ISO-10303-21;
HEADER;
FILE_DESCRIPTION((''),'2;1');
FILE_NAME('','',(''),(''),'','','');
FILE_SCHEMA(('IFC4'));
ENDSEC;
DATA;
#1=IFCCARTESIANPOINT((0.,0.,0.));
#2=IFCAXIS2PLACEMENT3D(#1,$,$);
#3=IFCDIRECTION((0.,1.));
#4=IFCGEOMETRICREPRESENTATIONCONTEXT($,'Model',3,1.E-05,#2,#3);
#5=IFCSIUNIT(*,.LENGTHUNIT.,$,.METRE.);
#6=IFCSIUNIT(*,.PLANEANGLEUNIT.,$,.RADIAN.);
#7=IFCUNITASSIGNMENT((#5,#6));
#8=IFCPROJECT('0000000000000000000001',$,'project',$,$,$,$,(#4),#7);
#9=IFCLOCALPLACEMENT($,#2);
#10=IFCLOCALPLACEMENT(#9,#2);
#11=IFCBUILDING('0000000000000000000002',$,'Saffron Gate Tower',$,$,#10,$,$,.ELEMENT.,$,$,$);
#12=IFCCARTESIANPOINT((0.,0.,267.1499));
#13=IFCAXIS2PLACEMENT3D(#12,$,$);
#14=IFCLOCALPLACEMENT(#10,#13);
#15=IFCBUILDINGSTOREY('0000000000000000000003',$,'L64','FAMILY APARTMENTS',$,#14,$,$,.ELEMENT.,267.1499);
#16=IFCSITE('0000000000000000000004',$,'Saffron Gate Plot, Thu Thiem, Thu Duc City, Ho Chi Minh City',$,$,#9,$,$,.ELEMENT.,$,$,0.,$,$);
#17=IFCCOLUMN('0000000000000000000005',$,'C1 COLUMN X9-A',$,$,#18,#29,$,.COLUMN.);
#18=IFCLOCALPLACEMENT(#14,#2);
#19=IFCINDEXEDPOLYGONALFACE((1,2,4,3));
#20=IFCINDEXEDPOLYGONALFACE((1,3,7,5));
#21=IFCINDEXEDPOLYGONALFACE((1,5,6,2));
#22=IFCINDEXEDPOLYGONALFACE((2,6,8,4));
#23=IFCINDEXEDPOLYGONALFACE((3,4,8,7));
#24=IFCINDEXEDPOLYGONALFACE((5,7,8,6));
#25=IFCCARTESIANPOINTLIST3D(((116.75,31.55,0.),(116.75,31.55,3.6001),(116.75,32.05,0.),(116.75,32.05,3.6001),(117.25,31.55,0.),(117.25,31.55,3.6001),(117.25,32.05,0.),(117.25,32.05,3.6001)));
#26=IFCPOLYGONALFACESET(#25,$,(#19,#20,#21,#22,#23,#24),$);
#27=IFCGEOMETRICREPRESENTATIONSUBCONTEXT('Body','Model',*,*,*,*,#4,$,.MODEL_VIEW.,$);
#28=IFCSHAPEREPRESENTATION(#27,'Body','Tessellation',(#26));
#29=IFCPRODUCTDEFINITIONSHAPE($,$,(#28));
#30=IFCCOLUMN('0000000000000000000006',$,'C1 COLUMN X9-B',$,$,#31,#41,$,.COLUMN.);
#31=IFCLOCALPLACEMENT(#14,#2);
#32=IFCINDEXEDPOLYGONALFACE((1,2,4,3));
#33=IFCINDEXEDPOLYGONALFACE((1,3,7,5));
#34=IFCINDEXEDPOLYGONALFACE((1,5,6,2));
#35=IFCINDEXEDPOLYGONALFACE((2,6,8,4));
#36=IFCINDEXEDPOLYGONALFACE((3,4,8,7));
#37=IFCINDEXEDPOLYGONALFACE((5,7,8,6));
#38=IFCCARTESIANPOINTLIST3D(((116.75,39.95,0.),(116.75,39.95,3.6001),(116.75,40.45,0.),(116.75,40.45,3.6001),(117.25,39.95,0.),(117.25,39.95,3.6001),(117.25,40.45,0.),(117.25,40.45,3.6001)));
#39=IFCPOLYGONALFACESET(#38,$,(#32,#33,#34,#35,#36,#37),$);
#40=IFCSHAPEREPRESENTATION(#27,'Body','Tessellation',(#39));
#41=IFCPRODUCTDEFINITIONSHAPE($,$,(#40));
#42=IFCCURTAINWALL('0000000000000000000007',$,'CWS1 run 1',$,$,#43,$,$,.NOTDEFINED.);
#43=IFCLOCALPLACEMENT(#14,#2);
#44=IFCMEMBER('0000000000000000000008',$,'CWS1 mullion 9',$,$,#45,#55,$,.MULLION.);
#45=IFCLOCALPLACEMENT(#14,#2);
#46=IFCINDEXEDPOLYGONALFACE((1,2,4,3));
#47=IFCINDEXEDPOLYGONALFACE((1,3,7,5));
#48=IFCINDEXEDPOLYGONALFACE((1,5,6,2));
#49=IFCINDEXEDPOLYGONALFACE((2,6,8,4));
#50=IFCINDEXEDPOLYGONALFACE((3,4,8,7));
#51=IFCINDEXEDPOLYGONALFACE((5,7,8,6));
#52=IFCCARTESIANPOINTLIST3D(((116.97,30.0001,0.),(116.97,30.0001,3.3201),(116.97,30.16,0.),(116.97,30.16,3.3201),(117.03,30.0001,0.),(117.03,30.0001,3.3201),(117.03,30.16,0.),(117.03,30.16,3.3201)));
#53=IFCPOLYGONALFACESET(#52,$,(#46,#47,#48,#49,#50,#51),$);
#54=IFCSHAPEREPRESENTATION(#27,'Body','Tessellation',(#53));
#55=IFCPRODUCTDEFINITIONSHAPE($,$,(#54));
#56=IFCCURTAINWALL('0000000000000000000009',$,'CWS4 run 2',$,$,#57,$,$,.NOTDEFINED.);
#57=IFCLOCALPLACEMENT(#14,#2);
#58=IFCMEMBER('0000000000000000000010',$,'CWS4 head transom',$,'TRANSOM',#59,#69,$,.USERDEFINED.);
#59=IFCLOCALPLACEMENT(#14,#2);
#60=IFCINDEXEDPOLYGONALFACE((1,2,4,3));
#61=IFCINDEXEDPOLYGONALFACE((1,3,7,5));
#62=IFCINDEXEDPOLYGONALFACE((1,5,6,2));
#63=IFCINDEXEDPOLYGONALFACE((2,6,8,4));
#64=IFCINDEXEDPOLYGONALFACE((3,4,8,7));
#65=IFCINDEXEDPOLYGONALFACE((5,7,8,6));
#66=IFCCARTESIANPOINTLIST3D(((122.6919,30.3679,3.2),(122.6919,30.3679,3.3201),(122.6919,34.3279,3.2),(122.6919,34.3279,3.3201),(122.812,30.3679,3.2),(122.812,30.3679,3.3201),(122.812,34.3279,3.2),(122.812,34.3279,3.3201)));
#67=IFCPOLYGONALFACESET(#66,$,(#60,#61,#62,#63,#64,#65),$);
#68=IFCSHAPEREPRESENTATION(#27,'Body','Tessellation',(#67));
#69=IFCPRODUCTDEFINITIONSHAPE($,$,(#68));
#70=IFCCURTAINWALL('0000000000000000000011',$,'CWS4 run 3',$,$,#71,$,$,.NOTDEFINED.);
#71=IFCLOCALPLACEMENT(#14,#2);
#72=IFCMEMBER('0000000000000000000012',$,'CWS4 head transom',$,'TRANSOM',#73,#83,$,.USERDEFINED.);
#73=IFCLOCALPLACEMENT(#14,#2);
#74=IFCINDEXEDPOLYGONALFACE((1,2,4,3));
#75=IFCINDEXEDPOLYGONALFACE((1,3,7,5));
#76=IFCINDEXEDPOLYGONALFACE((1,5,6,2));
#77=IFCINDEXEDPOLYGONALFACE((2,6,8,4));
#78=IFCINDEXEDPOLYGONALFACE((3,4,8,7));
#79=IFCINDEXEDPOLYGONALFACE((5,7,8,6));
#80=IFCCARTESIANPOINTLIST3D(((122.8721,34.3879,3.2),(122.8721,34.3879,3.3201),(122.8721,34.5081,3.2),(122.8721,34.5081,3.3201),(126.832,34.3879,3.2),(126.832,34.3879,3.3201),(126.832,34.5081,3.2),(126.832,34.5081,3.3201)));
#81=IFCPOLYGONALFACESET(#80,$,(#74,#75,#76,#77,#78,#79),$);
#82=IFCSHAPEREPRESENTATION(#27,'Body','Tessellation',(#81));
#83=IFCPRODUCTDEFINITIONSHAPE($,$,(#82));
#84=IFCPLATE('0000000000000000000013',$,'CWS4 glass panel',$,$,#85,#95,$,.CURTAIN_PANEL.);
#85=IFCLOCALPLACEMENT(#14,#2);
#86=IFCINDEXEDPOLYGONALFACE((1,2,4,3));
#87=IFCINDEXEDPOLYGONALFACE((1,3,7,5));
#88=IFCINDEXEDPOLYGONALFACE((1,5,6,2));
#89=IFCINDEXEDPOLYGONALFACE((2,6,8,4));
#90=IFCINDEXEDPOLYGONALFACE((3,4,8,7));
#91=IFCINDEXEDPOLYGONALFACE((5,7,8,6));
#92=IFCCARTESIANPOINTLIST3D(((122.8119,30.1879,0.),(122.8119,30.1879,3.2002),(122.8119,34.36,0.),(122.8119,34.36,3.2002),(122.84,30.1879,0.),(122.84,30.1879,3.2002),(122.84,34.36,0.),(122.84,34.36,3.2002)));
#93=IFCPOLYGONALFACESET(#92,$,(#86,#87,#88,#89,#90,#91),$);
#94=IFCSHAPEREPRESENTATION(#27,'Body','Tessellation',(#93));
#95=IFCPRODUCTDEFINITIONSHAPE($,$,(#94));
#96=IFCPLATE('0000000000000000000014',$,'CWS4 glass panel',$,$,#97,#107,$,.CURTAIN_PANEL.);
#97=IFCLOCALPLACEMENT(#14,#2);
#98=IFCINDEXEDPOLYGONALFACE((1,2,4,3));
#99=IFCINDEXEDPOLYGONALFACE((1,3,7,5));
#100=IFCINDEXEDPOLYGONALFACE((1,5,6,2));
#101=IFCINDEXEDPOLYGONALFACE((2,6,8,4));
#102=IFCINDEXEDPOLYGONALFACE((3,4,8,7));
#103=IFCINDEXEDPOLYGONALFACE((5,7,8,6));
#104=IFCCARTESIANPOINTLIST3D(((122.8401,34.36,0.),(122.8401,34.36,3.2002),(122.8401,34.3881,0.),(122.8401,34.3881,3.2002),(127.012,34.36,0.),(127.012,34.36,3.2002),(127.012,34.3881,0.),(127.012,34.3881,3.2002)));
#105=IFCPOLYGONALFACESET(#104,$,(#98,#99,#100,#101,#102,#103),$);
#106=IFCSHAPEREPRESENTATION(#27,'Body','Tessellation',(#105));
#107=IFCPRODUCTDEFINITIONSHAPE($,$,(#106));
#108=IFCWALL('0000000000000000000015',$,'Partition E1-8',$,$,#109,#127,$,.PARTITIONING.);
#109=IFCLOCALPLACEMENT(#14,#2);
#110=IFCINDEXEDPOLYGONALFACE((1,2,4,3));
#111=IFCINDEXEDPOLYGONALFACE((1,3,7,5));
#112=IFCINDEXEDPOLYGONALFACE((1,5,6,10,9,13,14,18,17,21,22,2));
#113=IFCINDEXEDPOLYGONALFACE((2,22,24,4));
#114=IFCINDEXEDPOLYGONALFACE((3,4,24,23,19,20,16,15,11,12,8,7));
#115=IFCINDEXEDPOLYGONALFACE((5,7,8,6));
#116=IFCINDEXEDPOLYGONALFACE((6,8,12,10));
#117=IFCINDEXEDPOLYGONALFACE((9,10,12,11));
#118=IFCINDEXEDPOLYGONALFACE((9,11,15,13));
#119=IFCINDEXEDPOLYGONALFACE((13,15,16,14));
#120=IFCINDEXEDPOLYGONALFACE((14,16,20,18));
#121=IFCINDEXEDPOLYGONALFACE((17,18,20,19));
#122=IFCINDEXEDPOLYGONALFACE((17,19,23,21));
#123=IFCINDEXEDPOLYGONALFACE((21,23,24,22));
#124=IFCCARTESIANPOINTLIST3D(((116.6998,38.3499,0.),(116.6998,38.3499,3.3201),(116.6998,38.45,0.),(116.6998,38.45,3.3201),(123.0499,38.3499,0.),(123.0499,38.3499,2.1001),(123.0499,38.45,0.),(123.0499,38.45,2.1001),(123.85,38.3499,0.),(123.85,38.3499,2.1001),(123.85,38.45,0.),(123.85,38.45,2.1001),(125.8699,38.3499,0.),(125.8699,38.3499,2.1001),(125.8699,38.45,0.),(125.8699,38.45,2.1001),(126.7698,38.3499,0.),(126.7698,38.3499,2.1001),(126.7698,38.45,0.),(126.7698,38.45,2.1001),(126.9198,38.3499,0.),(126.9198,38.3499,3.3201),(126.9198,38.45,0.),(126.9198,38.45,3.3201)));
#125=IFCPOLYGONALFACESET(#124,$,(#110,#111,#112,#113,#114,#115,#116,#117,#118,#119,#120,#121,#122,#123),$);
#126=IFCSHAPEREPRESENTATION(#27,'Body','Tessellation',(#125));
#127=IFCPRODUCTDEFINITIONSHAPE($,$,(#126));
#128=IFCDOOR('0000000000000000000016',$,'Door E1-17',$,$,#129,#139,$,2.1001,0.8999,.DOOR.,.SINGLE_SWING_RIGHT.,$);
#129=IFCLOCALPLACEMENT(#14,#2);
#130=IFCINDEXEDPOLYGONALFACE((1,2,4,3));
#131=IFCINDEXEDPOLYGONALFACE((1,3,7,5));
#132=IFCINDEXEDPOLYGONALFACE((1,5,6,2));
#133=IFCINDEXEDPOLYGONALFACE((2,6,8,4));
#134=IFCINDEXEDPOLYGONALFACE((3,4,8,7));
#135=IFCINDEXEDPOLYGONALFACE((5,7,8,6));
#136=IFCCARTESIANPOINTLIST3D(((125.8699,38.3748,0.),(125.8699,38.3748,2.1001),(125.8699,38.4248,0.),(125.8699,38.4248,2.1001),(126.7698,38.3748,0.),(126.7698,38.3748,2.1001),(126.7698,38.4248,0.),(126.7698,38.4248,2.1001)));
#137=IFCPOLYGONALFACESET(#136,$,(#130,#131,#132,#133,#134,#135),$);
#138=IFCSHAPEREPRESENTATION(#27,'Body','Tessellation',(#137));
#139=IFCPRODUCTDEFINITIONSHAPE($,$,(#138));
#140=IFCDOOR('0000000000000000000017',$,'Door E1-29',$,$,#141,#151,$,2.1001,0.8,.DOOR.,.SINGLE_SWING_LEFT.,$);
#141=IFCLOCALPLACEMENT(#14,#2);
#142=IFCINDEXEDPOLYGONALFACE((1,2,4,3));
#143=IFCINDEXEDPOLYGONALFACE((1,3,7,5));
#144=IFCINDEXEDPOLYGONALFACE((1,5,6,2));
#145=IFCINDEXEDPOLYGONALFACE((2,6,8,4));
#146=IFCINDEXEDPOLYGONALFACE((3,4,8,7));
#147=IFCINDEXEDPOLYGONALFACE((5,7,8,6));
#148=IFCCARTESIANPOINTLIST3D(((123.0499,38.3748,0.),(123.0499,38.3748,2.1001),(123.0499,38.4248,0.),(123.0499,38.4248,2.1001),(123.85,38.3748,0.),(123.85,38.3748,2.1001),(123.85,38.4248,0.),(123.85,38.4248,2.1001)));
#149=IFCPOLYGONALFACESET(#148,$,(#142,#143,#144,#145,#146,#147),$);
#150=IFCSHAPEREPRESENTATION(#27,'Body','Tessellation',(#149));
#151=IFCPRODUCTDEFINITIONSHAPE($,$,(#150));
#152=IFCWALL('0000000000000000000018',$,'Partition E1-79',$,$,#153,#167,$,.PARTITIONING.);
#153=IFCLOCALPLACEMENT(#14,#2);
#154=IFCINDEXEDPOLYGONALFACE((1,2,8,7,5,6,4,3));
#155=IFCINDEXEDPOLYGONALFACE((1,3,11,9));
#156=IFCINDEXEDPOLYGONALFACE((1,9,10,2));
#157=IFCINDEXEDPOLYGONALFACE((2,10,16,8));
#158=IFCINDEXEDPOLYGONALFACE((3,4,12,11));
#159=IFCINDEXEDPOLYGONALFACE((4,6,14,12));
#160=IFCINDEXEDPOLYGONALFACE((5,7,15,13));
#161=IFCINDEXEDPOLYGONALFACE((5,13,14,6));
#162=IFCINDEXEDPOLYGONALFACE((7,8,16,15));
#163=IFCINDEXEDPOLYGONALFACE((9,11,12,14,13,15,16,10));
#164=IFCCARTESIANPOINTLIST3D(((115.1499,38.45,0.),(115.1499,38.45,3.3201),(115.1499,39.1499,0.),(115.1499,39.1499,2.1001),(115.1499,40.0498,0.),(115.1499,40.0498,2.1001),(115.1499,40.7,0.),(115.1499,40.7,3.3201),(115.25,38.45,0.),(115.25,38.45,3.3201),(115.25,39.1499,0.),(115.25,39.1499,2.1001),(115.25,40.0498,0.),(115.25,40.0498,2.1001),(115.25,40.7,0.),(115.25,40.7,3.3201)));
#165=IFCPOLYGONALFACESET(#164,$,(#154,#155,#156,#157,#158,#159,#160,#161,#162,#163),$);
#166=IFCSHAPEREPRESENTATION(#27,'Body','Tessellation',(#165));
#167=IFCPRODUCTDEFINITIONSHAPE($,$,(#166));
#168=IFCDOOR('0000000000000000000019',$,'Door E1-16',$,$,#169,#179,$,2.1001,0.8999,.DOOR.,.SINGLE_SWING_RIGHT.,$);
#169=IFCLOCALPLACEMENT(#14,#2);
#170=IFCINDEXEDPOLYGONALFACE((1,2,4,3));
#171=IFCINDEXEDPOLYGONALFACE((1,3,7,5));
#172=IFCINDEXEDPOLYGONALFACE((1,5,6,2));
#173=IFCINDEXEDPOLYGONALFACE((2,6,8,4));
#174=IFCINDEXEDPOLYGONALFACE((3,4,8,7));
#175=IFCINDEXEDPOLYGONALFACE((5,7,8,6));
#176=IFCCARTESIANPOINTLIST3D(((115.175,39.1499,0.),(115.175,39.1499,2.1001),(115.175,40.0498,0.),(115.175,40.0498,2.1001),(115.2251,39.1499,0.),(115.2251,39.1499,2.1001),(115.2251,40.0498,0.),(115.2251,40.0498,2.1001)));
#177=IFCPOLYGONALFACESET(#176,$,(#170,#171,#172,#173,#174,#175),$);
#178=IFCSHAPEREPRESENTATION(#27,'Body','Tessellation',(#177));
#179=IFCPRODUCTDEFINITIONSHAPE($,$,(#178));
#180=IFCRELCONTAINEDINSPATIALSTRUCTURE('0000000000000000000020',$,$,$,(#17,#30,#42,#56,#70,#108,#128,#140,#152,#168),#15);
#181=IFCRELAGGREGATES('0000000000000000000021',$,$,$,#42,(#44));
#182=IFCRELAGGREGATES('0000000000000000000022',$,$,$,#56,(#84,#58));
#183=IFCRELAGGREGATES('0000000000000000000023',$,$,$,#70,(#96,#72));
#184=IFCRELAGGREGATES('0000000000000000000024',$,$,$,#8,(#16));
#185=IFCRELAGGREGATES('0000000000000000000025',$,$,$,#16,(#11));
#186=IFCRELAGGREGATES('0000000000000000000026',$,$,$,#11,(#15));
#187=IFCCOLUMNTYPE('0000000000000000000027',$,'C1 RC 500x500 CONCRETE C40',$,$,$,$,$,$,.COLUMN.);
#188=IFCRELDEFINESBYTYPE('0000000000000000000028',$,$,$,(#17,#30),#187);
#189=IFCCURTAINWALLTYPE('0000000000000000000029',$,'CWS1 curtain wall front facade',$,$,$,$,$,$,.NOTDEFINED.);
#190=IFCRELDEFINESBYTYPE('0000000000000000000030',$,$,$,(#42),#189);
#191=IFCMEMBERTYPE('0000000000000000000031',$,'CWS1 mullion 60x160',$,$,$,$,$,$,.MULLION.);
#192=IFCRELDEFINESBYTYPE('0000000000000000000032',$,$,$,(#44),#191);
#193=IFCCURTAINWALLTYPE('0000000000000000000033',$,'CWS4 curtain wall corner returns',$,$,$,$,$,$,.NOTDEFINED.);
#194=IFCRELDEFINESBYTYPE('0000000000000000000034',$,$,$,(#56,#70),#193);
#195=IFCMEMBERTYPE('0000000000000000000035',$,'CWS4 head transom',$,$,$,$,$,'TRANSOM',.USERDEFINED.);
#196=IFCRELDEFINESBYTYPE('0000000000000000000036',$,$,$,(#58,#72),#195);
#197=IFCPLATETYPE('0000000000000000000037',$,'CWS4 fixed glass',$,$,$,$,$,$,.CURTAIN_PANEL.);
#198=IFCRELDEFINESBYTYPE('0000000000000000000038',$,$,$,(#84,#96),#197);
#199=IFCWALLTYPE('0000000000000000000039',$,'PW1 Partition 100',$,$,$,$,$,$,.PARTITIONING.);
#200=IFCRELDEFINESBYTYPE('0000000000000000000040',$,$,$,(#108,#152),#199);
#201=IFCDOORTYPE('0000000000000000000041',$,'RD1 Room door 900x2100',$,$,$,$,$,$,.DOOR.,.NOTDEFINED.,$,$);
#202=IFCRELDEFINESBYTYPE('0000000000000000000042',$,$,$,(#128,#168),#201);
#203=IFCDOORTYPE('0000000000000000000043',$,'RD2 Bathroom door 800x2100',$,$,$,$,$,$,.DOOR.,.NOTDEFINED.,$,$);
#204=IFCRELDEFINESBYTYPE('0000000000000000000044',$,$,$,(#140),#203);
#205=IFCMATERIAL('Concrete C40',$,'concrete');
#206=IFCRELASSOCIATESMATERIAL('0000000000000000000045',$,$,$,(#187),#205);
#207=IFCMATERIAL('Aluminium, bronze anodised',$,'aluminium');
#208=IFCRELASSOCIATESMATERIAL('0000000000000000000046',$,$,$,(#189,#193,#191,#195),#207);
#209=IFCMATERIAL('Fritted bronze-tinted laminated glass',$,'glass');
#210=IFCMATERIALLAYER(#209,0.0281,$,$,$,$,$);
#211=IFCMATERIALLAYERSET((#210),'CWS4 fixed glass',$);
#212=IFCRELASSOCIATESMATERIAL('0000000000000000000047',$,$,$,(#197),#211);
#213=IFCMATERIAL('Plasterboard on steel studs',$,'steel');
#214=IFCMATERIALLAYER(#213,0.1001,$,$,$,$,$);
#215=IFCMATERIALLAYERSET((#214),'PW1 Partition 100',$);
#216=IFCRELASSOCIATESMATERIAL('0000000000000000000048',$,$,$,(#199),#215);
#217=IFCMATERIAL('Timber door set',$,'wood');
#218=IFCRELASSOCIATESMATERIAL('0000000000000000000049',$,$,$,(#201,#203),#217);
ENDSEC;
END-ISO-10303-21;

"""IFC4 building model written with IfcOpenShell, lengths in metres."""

from ifc_helpers import new_model, si_unit, direction, frame, frame_2d, origin, origin_2d, place, context, subcontext, project, spatial, rectangle, extrude, material, layer, layer_set, material_profile, profile_set, type_object, element, fill, aggregate, save


model = new_model("IFC4")

# Units and contexts
model_context = context("Model", 3, precision=1e-05, world=origin(), true_north=direction((0.0, 1.0)))
body_context = subcontext(model_context, "Body", "Model", "MODEL_VIEW")
ifc_project = project(units=[si_unit("LENGTHUNIT", "METRE"), si_unit("PLANEANGLEUNIT", "RADIAN")], contexts=[model_context])

# Site, building, storey
site_placement = place(None, origin())
site = spatial("IfcSite", under=ifc_project, at=site_placement, Name="Saffron Gate Plot, Thu Thiem, Thu Duc City, Ho Chi Minh City", CompositionType="ELEMENT", RefElevation=0.0)
building_placement = place(site_placement, origin())
building = spatial("IfcBuilding", under=site, at=building_placement, Name="Saffron Gate Tower", CompositionType="ELEMENT")
storey_placement = place(building_placement, frame((0.0, 0.0, 267.1499)))
storey = spatial("IfcBuildingStorey", under=building, at=storey_placement, Name="L64", Description="FAMILY APARTMENTS", CompositionType="ELEMENT", Elevation=267.1499)

# Columns
ifc_material_1 = material(Name="Concrete C40", Category="concrete")
ifc_material_profile_1 = material_profile(ifc_material_1, rectangle(XDim=0.5, YDim=0.5, at=origin_2d()))
ifc_profile_set_1 = profile_set([ifc_material_profile_1], Name="Concrete C40")
column_type = type_object("IfcColumnType", Name="C1 RC 500x500 CONCRETE C40", PredefinedType="COLUMN", material=ifc_profile_set_1)
for number, where, z_axis, x_axis, name in (
    (1, (117.0, 31.8, 0.0), (0.0, 0.0, 1.0), (1.0, 0.0, 0.0), "C1 COLUMN X9-A"),
    (2, (117.0, 40.2, 0.0), (0.0, 0.0, 1.0), (1.0, 0.0, 0.0), "C1 COLUMN X9-B"),
):
    element("IfcColumn", number, at=place(storey_placement, frame(where, z_axis=z_axis, x_axis=x_axis)), inside=storey, type_object=column_type, Name=name, PredefinedType="COLUMN", context=body_context, shape_type="SweptSolid", body=[
        extrude(rectangle(XDim=0.5, YDim=0.5, at=origin_2d()), origin(), (0.0, 0.0, 1.0), 3.6001),
    ])

# Curtain walls, members
ifc_material_2 = material(Name="Aluminium, bronze anodised", Category="aluminium")
curtain_wall_type_1 = type_object("IfcCurtainWallType", Name="CWS1 curtain wall front facade", PredefinedType="NOTDEFINED", material=ifc_material_2)
curtain_wall_1_placement = place(storey_placement, origin())
curtain_wall_1 = element("IfcCurtainWall", 3, at=curtain_wall_1_placement, inside=storey, type_object=curtain_wall_type_1, Name="CWS1 run 1", PredefinedType="NOTDEFINED")
ifc_material_profile_2 = material_profile(ifc_material_2, rectangle(XDim=0.1599, YDim=0.0601, at=origin_2d()))
ifc_profile_set_2 = profile_set([ifc_material_profile_2], Name="Aluminium, bronze anodised")
member_type_1 = type_object("IfcMemberType", Name="CWS1 mullion 60x160", PredefinedType="MULLION", material=ifc_profile_set_2)
member_1_placement = place(storey_placement, frame((117.0, 30.0801, 0.0), z_axis=(0.0, 0.0, 1.0), x_axis=(0.0, 1.0, 0.0)))
member_1 = element("IfcMember", 4, at=member_1_placement, type_object=member_type_1, Name="CWS1 mullion 9", PredefinedType="MULLION", context=body_context, shape_type="SweptSolid", body=[
    extrude(rectangle(XDim=0.1599, YDim=0.0601, at=origin_2d()), origin(), (0.0, 0.0, 1.0), 3.3201),
])
aggregate(curtain_wall_1, [member_1])
curtain_wall_type_2 = type_object("IfcCurtainWallType", Name="CWS4 curtain wall corner returns", PredefinedType="NOTDEFINED", material=ifc_material_2)
curtain_wall_2_placement = place(storey_placement, origin())
curtain_wall_2 = element("IfcCurtainWall", 5, at=curtain_wall_2_placement, inside=storey, type_object=curtain_wall_type_2, Name="CWS4 run 2", PredefinedType="NOTDEFINED")
ifc_material_profile_3 = material_profile(ifc_material_2, rectangle(XDim=0.1201, YDim=0.1201, at=origin_2d()))
ifc_profile_set_3 = profile_set([ifc_material_profile_3], Name="Aluminium, bronze anodised")
member_type_2 = type_object("IfcMemberType", Name="CWS4 head transom", ElementType="TRANSOM", PredefinedType="USERDEFINED", material=ifc_profile_set_3)
member_2_placement = place(storey_placement, frame((122.752, 30.3679, 3.26), z_axis=(0.0, 1.0, 0.0), x_axis=(-1.0, 0.0, 0.0)))
member_2 = element("IfcMember", 6, at=member_2_placement, type_object=member_type_2, Name="CWS4 head transom", ObjectType="TRANSOM", PredefinedType="USERDEFINED", context=body_context, shape_type="SweptSolid", body=[
    extrude(rectangle(XDim=0.1201, YDim=0.1201, at=origin_2d()), origin(), (0.0, 0.0, 1.0), 3.96),
])
curtain_wall_3_placement = place(storey_placement, origin())
curtain_wall_3 = element("IfcCurtainWall", 7, at=curtain_wall_3_placement, inside=storey, type_object=curtain_wall_type_2, Name="CWS4 run 3", PredefinedType="NOTDEFINED")
member_3_placement = place(storey_placement, frame((122.8721, 34.448, 3.26), z_axis=(1.0, 0.0, 0.0), x_axis=(0.0, 1.0, 0.0)))
member_3 = element("IfcMember", 8, at=member_3_placement, type_object=member_type_2, Name="CWS4 head transom", ObjectType="TRANSOM", PredefinedType="USERDEFINED", context=body_context, shape_type="SweptSolid", body=[
    extrude(rectangle(XDim=0.1201, YDim=0.1201, at=origin_2d()), origin(), (0.0, 0.0, 1.0), 3.96),
])

# Plates
ifc_material_3 = material(Name="Fritted bronze-tinted laminated glass", Category="glass")
ifc_layer_1 = layer(ifc_material_3, 0.0281)
ifc_layer_set_1 = layer_set([ifc_layer_1], Name="CWS4 fixed glass")
plate_type = type_object("IfcPlateType", Name="CWS4 fixed glass", PredefinedType="CURTAIN_PANEL", material=ifc_layer_set_1)
plate_1_placement = place(storey_placement, frame((122.8259, 30.188, 0.0), z_axis=(0.0, 0.0, 1.0), x_axis=(0.0, 1.0, 0.0)))
plate_1 = element("IfcPlate", 9, at=plate_1_placement, type_object=plate_type, Name="CWS4 glass panel", PredefinedType="CURTAIN_PANEL", context=body_context, shape_type="SweptSolid", body=[
    extrude(rectangle(XDim=4.1721, YDim=0.0281, at=frame_2d((2.0859, 0.0))), origin(), (0.0, 0.0, 1.0), 3.2002),
])
aggregate(curtain_wall_2, [plate_1, member_2])
plate_2_placement = place(storey_placement, frame((122.8401, 34.374, 0.0), z_axis=(0.0, 0.0, 1.0), x_axis=(1.0, 0.0, 0.0)))
plate_2 = element("IfcPlate", 10, at=plate_2_placement, type_object=plate_type, Name="CWS4 glass panel", PredefinedType="CURTAIN_PANEL", context=body_context, shape_type="SweptSolid", body=[
    extrude(rectangle(XDim=4.1719, YDim=0.0281, at=frame_2d((2.0859, 0.0))), origin(), (0.0, 0.0, 1.0), 3.2002),
])
aggregate(curtain_wall_3, [plate_2, member_3])

# Wall, openings, doors
ifc_material_4 = material(Name="Plasterboard on steel studs", Category="steel")
ifc_layer_2 = layer(ifc_material_4, 0.1001)
ifc_layer_set_2 = layer_set([ifc_layer_2], Name="PW1 Partition 100")
wall_type = type_object("IfcWallType", Name="PW1 Partition 100", PredefinedType="PARTITIONING", material=ifc_layer_set_2)
wall_1_placement = place(storey_placement, frame((116.7, 38.3999, 0.0), z_axis=(0.0, 0.0, 1.0), x_axis=(1.0, 0.0, 0.0)))
wall_1 = element("IfcWall", 11, at=wall_1_placement, inside=storey, type_object=wall_type, Name="Partition E1-8", PredefinedType="PARTITIONING", context=body_context, shape_type="SweptSolid", body=[
    extrude(rectangle(XDim=10.22, YDim=0.1001, at=frame_2d((5.1099, 0.0))), origin(), (0.0, 0.0, 1.0), 3.3201),
])
opening_1_placement = place(wall_1_placement, frame((6.3501, 0.0, 0.0)))
opening_1 = element("IfcOpeningElement", 12, at=opening_1_placement, cuts=wall_1, PredefinedType="OPENING", context=body_context, shape_type="SweptSolid", body=[
    extrude(rectangle(XDim=0.8, YDim=2.1001, at=frame_2d((0.3999, 1.05))), frame((0.0, 0.0601, 0.0), z_axis=(0.0, -1.0, 0.0), x_axis=(1.0, 0.0, 0.0)), (0.0, 0.0, 1.0), 0.1201),
])
opening_2_placement = place(wall_1_placement, frame((9.1699, 0.0, 0.0)))
opening_2 = element("IfcOpeningElement", 13, at=opening_2_placement, cuts=wall_1, PredefinedType="OPENING", context=body_context, shape_type="SweptSolid", body=[
    extrude(rectangle(XDim=0.8999, YDim=2.1001, at=frame_2d((0.45, 1.05))), frame((0.0, 0.0601, 0.0), z_axis=(0.0, -1.0, 0.0), x_axis=(1.0, 0.0, 0.0)), (0.0, 0.0, 1.0), 0.1201),
])
ifc_material_5 = material(Name="Timber door set", Category="wood")
door_type_1 = type_object("IfcDoorType", Name="RD1 Room door 900x2100", OperationType="NOTDEFINED", PredefinedType="DOOR", material=ifc_material_5)
door_1_placement = place(opening_2_placement, origin())
door_1 = element("IfcDoor", 14, at=door_1_placement, inside=storey, type_object=door_type_1, Name="Door E1-17", OperationType="SINGLE_SWING_RIGHT", OverallHeight=2.1001, OverallWidth=0.8999, PredefinedType="DOOR", context=body_context, shape_type="SweptSolid", body=[
    extrude(rectangle(XDim=0.8999, YDim=2.1001, at=frame_2d((0.45, 1.05))), frame((0.0, 0.0249, 0.0), z_axis=(0.0, -1.0, 0.0), x_axis=(1.0, 0.0, 0.0)), (0.0, 0.0, 1.0), 0.05),
])
fill(opening_2, door_1)
door_type_2 = type_object("IfcDoorType", Name="RD2 Bathroom door 800x2100", OperationType="NOTDEFINED", PredefinedType="DOOR", material=ifc_material_5)
door_2_placement = place(opening_1_placement, origin())
door_2 = element("IfcDoor", 15, at=door_2_placement, inside=storey, type_object=door_type_2, Name="Door E1-29", OperationType="SINGLE_SWING_LEFT", OverallHeight=2.1001, OverallWidth=0.8, PredefinedType="DOOR", context=body_context, shape_type="SweptSolid", body=[
    extrude(rectangle(XDim=0.8, YDim=2.1001, at=frame_2d((0.3999, 1.05))), frame((0.0, 0.0249, 0.0), z_axis=(0.0, -1.0, 0.0), x_axis=(1.0, 0.0, 0.0)), (0.0, 0.0, 1.0), 0.05),
])
fill(opening_1, door_2)

# Wall, opening, door
wall_2_placement = place(storey_placement, frame((115.2, 38.45, 0.0), z_axis=(0.0, 0.0, 1.0), x_axis=(0.0, 1.0, 0.0)))
wall_2 = element("IfcWall", 16, at=wall_2_placement, inside=storey, type_object=wall_type, Name="Partition E1-79", PredefinedType="PARTITIONING", context=body_context, shape_type="SweptSolid", body=[
    extrude(rectangle(XDim=2.25, YDim=0.1001, at=frame_2d((1.125, 0.0))), origin(), (0.0, 0.0, 1.0), 3.3201),
])
opening_3_placement = place(wall_2_placement, frame((0.7, 0.0, 0.0)))
opening_3 = element("IfcOpeningElement", 17, at=opening_3_placement, cuts=wall_2, PredefinedType="OPENING", context=body_context, shape_type="SweptSolid", body=[
    extrude(rectangle(XDim=0.8999, YDim=2.1001, at=frame_2d((0.45, 1.05))), frame((0.0, 0.0601, 0.0), z_axis=(0.0, -1.0, 0.0), x_axis=(1.0, 0.0, 0.0)), (0.0, 0.0, 1.0), 0.1201),
])
door_3_placement = place(opening_3_placement, origin())
door_3 = element("IfcDoor", 18, at=door_3_placement, inside=storey, type_object=door_type_1, Name="Door E1-16", OperationType="SINGLE_SWING_RIGHT", OverallHeight=2.1001, OverallWidth=0.8999, PredefinedType="DOOR", context=body_context, shape_type="SweptSolid", body=[
    extrude(rectangle(XDim=0.8999, YDim=2.1001, at=frame_2d((0.45, 1.05))), frame((0.0, 0.0249, 0.0), z_axis=(0.0, -1.0, 0.0), x_axis=(1.0, 0.0, 0.0)), (0.0, 0.0, 1.0), 0.05),
])
fill(opening_3, door_3)

save(model, "model.ifc")
